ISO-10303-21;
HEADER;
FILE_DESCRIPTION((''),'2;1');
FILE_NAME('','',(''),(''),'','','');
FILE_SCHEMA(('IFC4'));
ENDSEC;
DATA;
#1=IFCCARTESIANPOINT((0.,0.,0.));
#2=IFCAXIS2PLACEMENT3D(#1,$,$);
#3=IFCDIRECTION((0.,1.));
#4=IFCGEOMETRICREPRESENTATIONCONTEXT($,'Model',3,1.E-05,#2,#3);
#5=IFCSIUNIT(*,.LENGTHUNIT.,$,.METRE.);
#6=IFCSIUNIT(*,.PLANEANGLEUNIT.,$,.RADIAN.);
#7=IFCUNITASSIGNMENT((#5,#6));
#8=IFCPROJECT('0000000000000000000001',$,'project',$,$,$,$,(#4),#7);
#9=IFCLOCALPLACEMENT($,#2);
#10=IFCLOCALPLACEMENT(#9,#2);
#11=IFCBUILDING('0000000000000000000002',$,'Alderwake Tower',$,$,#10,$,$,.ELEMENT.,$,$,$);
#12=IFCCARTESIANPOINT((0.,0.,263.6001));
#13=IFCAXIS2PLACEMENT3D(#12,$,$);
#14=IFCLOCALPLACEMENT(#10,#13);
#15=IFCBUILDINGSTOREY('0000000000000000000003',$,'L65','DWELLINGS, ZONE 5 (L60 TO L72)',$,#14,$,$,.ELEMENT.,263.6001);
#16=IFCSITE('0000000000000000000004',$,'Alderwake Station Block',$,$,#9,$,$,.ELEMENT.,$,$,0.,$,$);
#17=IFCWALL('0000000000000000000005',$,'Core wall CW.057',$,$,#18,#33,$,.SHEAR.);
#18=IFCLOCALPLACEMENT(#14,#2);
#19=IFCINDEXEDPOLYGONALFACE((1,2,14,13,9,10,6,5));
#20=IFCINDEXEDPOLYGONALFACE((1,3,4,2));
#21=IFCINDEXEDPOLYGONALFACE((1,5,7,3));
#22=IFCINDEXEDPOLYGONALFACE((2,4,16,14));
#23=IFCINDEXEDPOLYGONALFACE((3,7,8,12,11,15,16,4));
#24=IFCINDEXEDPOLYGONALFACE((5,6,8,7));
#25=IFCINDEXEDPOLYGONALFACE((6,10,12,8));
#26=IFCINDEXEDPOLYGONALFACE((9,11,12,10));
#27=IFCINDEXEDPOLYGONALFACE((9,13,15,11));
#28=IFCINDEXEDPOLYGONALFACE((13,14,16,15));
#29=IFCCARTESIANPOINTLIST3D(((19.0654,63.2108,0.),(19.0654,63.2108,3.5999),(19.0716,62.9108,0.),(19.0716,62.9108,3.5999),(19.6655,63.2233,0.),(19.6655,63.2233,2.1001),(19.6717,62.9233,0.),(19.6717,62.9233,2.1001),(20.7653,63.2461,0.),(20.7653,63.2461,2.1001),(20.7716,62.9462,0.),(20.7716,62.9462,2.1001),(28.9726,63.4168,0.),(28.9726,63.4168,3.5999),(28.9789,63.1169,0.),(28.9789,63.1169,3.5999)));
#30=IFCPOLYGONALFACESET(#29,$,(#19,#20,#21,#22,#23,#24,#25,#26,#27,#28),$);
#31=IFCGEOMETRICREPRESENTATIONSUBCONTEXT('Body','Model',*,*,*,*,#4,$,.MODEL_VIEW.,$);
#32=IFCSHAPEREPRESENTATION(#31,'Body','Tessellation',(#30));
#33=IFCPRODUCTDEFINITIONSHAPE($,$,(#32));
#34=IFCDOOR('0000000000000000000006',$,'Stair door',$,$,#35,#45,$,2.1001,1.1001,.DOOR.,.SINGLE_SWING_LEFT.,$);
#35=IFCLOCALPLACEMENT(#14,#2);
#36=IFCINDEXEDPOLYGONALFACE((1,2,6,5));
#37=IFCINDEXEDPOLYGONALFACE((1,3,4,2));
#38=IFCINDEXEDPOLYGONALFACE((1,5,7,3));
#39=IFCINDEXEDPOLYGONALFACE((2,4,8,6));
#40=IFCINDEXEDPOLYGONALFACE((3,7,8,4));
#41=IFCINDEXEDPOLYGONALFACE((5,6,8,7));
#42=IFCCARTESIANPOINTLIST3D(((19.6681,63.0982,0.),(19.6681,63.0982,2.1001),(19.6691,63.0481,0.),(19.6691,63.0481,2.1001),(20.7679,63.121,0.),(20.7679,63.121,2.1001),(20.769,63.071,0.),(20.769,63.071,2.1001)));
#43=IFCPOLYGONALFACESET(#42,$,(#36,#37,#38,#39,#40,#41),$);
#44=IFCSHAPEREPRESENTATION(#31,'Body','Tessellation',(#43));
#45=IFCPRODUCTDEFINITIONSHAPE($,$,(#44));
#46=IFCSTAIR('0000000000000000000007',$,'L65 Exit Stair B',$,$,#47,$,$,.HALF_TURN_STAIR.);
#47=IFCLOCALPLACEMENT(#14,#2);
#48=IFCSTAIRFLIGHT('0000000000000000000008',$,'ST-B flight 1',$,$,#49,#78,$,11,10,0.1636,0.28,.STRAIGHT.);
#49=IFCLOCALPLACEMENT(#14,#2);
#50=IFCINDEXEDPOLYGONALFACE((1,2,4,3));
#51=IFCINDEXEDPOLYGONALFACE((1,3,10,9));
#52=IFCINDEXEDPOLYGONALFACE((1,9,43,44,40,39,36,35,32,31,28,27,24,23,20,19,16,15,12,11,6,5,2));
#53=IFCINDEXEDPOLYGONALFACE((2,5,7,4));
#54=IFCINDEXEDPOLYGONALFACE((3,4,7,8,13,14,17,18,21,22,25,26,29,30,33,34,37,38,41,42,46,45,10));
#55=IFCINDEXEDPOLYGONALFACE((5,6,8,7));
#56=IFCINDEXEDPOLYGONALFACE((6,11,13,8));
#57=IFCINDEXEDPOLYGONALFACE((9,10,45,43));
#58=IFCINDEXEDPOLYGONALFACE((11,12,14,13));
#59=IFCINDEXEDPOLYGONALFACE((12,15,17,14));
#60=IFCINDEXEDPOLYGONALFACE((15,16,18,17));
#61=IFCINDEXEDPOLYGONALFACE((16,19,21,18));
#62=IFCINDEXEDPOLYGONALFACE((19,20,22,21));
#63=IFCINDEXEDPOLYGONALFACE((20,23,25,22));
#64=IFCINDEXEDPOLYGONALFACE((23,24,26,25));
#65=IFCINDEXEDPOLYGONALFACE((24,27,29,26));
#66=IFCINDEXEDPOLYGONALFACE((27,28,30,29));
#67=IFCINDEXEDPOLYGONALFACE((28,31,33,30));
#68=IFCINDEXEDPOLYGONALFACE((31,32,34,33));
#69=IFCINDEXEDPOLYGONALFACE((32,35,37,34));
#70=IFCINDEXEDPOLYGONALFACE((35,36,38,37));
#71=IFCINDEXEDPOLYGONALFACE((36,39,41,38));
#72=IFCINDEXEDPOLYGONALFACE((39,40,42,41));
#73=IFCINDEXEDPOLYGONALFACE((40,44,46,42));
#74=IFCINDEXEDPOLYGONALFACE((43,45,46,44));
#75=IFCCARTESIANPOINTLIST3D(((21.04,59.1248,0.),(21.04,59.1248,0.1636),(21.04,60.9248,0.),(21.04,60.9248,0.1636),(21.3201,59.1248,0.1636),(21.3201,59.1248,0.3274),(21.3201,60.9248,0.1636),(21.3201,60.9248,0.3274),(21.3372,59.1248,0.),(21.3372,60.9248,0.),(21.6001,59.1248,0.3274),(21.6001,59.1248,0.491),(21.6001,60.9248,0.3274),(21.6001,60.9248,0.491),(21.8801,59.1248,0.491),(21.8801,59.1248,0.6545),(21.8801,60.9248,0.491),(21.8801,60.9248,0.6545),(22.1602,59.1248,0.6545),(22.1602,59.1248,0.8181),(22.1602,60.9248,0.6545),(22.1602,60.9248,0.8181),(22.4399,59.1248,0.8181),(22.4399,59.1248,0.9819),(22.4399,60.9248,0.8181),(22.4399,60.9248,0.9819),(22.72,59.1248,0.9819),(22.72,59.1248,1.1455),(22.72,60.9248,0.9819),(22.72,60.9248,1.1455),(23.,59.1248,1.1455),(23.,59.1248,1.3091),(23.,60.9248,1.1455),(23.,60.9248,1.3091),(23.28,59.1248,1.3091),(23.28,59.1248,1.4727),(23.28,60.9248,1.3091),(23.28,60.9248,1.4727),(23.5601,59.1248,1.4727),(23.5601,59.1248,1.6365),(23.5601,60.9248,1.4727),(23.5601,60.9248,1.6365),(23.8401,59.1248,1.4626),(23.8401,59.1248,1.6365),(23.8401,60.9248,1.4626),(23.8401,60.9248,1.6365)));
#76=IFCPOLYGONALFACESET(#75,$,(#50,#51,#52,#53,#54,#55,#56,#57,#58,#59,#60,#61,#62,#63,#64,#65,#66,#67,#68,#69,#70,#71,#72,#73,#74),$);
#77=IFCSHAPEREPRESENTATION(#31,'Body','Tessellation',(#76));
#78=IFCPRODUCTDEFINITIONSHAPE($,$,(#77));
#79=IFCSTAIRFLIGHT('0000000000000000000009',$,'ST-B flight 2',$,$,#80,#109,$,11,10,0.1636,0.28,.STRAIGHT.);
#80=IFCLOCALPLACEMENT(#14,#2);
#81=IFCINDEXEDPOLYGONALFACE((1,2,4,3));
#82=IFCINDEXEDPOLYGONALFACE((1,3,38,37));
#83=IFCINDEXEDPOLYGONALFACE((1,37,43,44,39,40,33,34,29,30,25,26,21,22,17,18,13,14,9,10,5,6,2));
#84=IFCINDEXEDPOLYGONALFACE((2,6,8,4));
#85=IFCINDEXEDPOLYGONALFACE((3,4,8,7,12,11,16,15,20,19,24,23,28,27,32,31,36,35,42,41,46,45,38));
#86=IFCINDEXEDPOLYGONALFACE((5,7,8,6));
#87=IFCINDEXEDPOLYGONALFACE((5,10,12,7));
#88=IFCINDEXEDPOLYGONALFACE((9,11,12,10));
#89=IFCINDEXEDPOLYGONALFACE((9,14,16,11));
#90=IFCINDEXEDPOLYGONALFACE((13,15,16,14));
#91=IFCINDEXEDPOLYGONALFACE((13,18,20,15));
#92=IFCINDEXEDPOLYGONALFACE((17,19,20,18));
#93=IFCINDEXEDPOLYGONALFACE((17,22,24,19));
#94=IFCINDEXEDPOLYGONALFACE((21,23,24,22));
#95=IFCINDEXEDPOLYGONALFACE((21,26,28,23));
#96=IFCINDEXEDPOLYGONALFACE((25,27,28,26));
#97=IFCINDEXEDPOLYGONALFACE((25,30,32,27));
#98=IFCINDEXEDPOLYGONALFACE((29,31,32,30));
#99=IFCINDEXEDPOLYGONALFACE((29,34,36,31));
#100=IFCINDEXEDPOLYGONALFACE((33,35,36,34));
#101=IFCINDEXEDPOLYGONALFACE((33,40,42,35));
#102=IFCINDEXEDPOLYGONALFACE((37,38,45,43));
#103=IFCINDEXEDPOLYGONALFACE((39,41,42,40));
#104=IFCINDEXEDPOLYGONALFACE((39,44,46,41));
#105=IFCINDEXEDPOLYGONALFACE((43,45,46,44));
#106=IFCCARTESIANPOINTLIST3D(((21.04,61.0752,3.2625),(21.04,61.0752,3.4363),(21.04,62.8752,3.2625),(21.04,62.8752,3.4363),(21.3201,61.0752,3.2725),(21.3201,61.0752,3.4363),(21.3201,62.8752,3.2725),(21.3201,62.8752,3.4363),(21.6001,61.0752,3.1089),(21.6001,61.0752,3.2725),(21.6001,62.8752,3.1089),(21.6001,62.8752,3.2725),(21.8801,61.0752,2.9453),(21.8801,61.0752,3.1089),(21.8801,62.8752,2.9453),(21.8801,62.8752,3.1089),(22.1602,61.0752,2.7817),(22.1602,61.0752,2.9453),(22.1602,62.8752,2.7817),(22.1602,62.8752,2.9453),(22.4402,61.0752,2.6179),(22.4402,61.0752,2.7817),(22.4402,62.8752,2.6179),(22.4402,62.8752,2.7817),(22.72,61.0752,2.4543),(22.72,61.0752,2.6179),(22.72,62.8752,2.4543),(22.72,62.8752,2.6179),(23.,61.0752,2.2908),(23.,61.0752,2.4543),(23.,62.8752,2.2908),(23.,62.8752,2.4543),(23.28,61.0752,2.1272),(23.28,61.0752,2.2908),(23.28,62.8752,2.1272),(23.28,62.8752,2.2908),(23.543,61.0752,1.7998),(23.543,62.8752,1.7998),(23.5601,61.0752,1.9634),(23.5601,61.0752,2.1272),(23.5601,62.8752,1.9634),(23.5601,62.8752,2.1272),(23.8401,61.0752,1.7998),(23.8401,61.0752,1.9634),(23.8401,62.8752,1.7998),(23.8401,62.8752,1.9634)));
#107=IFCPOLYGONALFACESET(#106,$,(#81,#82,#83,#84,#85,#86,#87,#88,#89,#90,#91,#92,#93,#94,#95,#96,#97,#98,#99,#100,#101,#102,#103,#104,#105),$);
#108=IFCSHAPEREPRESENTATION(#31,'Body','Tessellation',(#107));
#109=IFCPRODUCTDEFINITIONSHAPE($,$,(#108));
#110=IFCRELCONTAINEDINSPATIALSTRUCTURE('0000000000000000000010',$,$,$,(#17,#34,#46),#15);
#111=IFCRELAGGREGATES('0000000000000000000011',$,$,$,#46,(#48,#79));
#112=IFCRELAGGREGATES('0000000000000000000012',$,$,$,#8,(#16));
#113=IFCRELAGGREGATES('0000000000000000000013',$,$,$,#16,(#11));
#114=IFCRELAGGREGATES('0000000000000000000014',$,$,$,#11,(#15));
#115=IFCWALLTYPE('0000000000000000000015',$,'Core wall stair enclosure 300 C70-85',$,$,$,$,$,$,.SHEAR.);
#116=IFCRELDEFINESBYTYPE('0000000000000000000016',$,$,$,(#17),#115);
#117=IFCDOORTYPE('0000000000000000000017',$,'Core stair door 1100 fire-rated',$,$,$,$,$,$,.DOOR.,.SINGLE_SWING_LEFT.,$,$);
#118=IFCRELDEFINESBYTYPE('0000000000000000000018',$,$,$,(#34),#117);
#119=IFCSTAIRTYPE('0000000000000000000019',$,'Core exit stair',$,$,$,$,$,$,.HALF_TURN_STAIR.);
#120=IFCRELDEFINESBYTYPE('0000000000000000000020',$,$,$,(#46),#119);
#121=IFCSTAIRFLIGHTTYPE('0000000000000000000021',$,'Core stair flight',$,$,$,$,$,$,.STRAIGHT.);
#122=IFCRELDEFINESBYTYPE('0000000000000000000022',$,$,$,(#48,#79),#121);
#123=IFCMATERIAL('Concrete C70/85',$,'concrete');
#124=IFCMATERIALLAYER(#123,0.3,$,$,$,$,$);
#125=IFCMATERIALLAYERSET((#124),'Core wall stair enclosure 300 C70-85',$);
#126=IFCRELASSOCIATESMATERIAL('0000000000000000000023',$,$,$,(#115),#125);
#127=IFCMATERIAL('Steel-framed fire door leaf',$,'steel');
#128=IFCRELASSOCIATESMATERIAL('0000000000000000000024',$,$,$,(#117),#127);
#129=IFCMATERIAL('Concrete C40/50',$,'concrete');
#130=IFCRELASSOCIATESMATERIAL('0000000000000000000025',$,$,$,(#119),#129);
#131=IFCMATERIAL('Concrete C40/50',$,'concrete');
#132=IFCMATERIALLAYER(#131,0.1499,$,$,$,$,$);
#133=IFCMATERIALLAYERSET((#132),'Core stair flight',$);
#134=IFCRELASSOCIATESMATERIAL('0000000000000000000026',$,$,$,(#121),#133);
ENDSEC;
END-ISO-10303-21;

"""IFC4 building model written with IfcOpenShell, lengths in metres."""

from ifc_helpers import new_model, si_unit, direction, frame, frame_2d, origin, place, context, subcontext, project, spatial, polyline, rectangle, outline, extrude, material, layer, layer_set, type_object, element, fill, aggregate, save


model = new_model("IFC4")

# Units and contexts
model_context = context("Model", 3, precision=1e-05, world=origin(), true_north=direction((0.0, 1.0)))
body_context = subcontext(model_context, "Body", "Model", "MODEL_VIEW")
ifc_project = project(units=[si_unit("LENGTHUNIT", "METRE"), si_unit("PLANEANGLEUNIT", "RADIAN")], contexts=[model_context])

# Site, building, storey
site_placement = place(None, origin())
site = spatial("IfcSite", under=ifc_project, at=site_placement, Name="Alderwake Station Block", CompositionType="ELEMENT", RefElevation=0.0)
building_placement = place(site_placement, origin())
building = spatial("IfcBuilding", under=site, at=building_placement, Name="Alderwake Tower", CompositionType="ELEMENT")
storey_placement = place(building_placement, frame((0.0, 0.0, 263.6001)))
storey = spatial("IfcBuildingStorey", under=building, at=storey_placement, Name="L65", Description="DWELLINGS, ZONE 5 (L60 TO L72)", CompositionType="ELEMENT", Elevation=263.6001)

# Wall, opening, door
ifc_material_1 = material(Name="Concrete C70/85", Category="concrete")
ifc_layer_1 = layer(ifc_material_1, 0.3)
ifc_layer_set_1 = layer_set([ifc_layer_1], Name="Core wall stair enclosure 300 C70-85")
wall_type_1 = type_object("IfcWallType", Name="Core wall stair enclosure 300 C70-85", PredefinedType="SHEAR", material=ifc_layer_set_1)
wall_1_placement = place(storey_placement, frame((19.0686, 63.0608, 0.0), z_axis=(0.0, 0.0, 1.0), x_axis=(0.999784, 0.020794, 0.0)))
wall_1 = element("IfcWall", 1, at=wall_1_placement, inside=storey, type_object=wall_type_1, Name="Core wall CW.057", PredefinedType="SHEAR", context=body_context, shape_type="SweptSolid", body=[
    extrude(rectangle(XDim=9.9094, YDim=0.3, at=frame_2d((4.9546, 0.0))), origin(), (0.0, 0.0, 1.0), 3.5999),
])
opening_1_placement = place(wall_1_placement, frame((0.6001, 0.0, 0.0)))
opening_1 = element("IfcOpeningElement", 2, at=opening_1_placement, cuts=wall_1, PredefinedType="OPENING", context=body_context, shape_type="SweptSolid", body=[
    extrude(rectangle(XDim=1.1001, YDim=2.1001, at=frame_2d((0.55, 1.05))), frame((0.0, 0.1599, 0.0), z_axis=(0.0, -1.0, 0.0), x_axis=(1.0, 0.0, 0.0)), (0.0, 0.0, 1.0), 0.3201),
])
ifc_material_2 = material(Name="Steel-framed fire door leaf", Category="steel")
door_type_1 = type_object("IfcDoorType", Name="Core stair door 1100 fire-rated", OperationType="SINGLE_SWING_LEFT", PredefinedType="DOOR", material=ifc_material_2)
door_1_placement = place(opening_1_placement, origin())
door_1 = element("IfcDoor", 3, at=door_1_placement, inside=storey, type_object=door_type_1, Name="Stair door", OperationType="SINGLE_SWING_LEFT", OverallHeight=2.1001, OverallWidth=1.1001, PredefinedType="DOOR", context=body_context, shape_type="SweptSolid", body=[
    extrude(rectangle(XDim=1.1001, YDim=2.1001, at=frame_2d((0.55, 1.05))), frame((0.0, 0.0249, 0.0), z_axis=(0.0, -1.0, 0.0), x_axis=(1.0, 0.0, 0.0)), (0.0, 0.0, 1.0), 0.05),
])
fill(opening_1, door_1)

# Stair, stair flights
ifc_material_3 = material(Name="Concrete C40/50", Category="concrete")
stair_type = type_object("IfcStairType", Name="Core exit stair", PredefinedType="HALF_TURN_STAIR", material=ifc_material_3)
stair_placement = place(storey_placement, origin())
stair = element("IfcStair", 4, at=stair_placement, inside=storey, type_object=stair_type, Name="L65 Exit Stair B", PredefinedType="HALF_TURN_STAIR")
ifc_material_4 = material(Name="Concrete C40/50", Category="concrete")
ifc_layer_2 = layer(ifc_material_4, 0.1499)
ifc_layer_set_2 = layer_set([ifc_layer_2], Name="Core stair flight")
stair_flight_type = type_object("IfcStairFlightType", Name="Core stair flight", PredefinedType="STRAIGHT", material=ifc_layer_set_2)
stair_flight_1_placement = place(storey_placement, frame((21.04, 60.0249, 0.0), z_axis=(0.0, 0.0, 1.0), x_axis=(1.0, 0.0, 0.0)))
stair_flight_1 = element("IfcStairFlight", 5, at=stair_flight_1_placement, type_object=stair_flight_type, Name="ST-B flight 1", NumberOfRisers=11, NumberOfTreads=10, PredefinedType="STRAIGHT", RiserHeight=0.1636, TreadLength=0.28, context=body_context, shape_type="SweptSolid", body=[
    extrude(outline(polyline([(0.0, 0.0), (0.0, 0.1636), (0.28, 0.1636), (0.28, 0.3274), (0.5601, 0.3274), (0.5601, 0.491), (0.8401, 0.491), (0.8401, 0.6545), (1.1201, 0.6545), (1.1201, 0.8181), (1.3999, 0.8181), (1.3999, 0.9819), (1.6799, 0.9819), (1.6799, 1.1455), (1.96, 1.1455), (1.96, 1.3091), (2.24, 1.3091), (2.24, 1.4727), (2.52, 1.4727), (2.52, 1.6365), (2.8, 1.6365), (2.8, 1.8), (2.8, 1.4626), (0.2971, 0.0), (0.0, 0.0)])), frame((0.0, 0.8999, 0.0), z_axis=(0.0, -1.0, 0.0), x_axis=(1.0, 0.0, 0.0)), (0.0, 0.0, 1.0), 1.8),
])
stair_flight_2_placement = place(storey_placement, frame((23.8401, 61.9751, 1.7998), z_axis=(0.0, 0.0, 1.0), x_axis=(-1.0, 0.0, 0.0)))
stair_flight_2 = element("IfcStairFlight", 6, at=stair_flight_2_placement, type_object=stair_flight_type, Name="ST-B flight 2", NumberOfRisers=11, NumberOfTreads=10, PredefinedType="STRAIGHT", RiserHeight=0.1636, TreadLength=0.28, context=body_context, shape_type="SweptSolid", body=[
    extrude(outline(polyline([(0.0, 0.0), (0.0, 0.1636), (0.28, 0.1636), (0.28, 0.3274), (0.5601, 0.3274), (0.5601, 0.491), (0.8401, 0.491), (0.8401, 0.6545), (1.1201, 0.6545), (1.1201, 0.8181), (1.3999, 0.8181), (1.3999, 0.9819), (1.6799, 0.9819), (1.6799, 1.1455), (1.96, 1.1455), (1.96, 1.3091), (2.24, 1.3091), (2.24, 1.4727), (2.52, 1.4727), (2.52, 1.6365), (2.8, 1.6365), (2.8, 1.8), (2.8, 1.4626), (0.2971, 0.0), (0.0, 0.0)])), frame((0.0, 0.8999, 0.0), z_axis=(0.0, -1.0, 0.0), x_axis=(1.0, 0.0, 0.0)), (0.0, 0.0, 1.0), 1.8),
])
aggregate(stair, [stair_flight_1, stair_flight_2])

save(model, "model.ifc")
